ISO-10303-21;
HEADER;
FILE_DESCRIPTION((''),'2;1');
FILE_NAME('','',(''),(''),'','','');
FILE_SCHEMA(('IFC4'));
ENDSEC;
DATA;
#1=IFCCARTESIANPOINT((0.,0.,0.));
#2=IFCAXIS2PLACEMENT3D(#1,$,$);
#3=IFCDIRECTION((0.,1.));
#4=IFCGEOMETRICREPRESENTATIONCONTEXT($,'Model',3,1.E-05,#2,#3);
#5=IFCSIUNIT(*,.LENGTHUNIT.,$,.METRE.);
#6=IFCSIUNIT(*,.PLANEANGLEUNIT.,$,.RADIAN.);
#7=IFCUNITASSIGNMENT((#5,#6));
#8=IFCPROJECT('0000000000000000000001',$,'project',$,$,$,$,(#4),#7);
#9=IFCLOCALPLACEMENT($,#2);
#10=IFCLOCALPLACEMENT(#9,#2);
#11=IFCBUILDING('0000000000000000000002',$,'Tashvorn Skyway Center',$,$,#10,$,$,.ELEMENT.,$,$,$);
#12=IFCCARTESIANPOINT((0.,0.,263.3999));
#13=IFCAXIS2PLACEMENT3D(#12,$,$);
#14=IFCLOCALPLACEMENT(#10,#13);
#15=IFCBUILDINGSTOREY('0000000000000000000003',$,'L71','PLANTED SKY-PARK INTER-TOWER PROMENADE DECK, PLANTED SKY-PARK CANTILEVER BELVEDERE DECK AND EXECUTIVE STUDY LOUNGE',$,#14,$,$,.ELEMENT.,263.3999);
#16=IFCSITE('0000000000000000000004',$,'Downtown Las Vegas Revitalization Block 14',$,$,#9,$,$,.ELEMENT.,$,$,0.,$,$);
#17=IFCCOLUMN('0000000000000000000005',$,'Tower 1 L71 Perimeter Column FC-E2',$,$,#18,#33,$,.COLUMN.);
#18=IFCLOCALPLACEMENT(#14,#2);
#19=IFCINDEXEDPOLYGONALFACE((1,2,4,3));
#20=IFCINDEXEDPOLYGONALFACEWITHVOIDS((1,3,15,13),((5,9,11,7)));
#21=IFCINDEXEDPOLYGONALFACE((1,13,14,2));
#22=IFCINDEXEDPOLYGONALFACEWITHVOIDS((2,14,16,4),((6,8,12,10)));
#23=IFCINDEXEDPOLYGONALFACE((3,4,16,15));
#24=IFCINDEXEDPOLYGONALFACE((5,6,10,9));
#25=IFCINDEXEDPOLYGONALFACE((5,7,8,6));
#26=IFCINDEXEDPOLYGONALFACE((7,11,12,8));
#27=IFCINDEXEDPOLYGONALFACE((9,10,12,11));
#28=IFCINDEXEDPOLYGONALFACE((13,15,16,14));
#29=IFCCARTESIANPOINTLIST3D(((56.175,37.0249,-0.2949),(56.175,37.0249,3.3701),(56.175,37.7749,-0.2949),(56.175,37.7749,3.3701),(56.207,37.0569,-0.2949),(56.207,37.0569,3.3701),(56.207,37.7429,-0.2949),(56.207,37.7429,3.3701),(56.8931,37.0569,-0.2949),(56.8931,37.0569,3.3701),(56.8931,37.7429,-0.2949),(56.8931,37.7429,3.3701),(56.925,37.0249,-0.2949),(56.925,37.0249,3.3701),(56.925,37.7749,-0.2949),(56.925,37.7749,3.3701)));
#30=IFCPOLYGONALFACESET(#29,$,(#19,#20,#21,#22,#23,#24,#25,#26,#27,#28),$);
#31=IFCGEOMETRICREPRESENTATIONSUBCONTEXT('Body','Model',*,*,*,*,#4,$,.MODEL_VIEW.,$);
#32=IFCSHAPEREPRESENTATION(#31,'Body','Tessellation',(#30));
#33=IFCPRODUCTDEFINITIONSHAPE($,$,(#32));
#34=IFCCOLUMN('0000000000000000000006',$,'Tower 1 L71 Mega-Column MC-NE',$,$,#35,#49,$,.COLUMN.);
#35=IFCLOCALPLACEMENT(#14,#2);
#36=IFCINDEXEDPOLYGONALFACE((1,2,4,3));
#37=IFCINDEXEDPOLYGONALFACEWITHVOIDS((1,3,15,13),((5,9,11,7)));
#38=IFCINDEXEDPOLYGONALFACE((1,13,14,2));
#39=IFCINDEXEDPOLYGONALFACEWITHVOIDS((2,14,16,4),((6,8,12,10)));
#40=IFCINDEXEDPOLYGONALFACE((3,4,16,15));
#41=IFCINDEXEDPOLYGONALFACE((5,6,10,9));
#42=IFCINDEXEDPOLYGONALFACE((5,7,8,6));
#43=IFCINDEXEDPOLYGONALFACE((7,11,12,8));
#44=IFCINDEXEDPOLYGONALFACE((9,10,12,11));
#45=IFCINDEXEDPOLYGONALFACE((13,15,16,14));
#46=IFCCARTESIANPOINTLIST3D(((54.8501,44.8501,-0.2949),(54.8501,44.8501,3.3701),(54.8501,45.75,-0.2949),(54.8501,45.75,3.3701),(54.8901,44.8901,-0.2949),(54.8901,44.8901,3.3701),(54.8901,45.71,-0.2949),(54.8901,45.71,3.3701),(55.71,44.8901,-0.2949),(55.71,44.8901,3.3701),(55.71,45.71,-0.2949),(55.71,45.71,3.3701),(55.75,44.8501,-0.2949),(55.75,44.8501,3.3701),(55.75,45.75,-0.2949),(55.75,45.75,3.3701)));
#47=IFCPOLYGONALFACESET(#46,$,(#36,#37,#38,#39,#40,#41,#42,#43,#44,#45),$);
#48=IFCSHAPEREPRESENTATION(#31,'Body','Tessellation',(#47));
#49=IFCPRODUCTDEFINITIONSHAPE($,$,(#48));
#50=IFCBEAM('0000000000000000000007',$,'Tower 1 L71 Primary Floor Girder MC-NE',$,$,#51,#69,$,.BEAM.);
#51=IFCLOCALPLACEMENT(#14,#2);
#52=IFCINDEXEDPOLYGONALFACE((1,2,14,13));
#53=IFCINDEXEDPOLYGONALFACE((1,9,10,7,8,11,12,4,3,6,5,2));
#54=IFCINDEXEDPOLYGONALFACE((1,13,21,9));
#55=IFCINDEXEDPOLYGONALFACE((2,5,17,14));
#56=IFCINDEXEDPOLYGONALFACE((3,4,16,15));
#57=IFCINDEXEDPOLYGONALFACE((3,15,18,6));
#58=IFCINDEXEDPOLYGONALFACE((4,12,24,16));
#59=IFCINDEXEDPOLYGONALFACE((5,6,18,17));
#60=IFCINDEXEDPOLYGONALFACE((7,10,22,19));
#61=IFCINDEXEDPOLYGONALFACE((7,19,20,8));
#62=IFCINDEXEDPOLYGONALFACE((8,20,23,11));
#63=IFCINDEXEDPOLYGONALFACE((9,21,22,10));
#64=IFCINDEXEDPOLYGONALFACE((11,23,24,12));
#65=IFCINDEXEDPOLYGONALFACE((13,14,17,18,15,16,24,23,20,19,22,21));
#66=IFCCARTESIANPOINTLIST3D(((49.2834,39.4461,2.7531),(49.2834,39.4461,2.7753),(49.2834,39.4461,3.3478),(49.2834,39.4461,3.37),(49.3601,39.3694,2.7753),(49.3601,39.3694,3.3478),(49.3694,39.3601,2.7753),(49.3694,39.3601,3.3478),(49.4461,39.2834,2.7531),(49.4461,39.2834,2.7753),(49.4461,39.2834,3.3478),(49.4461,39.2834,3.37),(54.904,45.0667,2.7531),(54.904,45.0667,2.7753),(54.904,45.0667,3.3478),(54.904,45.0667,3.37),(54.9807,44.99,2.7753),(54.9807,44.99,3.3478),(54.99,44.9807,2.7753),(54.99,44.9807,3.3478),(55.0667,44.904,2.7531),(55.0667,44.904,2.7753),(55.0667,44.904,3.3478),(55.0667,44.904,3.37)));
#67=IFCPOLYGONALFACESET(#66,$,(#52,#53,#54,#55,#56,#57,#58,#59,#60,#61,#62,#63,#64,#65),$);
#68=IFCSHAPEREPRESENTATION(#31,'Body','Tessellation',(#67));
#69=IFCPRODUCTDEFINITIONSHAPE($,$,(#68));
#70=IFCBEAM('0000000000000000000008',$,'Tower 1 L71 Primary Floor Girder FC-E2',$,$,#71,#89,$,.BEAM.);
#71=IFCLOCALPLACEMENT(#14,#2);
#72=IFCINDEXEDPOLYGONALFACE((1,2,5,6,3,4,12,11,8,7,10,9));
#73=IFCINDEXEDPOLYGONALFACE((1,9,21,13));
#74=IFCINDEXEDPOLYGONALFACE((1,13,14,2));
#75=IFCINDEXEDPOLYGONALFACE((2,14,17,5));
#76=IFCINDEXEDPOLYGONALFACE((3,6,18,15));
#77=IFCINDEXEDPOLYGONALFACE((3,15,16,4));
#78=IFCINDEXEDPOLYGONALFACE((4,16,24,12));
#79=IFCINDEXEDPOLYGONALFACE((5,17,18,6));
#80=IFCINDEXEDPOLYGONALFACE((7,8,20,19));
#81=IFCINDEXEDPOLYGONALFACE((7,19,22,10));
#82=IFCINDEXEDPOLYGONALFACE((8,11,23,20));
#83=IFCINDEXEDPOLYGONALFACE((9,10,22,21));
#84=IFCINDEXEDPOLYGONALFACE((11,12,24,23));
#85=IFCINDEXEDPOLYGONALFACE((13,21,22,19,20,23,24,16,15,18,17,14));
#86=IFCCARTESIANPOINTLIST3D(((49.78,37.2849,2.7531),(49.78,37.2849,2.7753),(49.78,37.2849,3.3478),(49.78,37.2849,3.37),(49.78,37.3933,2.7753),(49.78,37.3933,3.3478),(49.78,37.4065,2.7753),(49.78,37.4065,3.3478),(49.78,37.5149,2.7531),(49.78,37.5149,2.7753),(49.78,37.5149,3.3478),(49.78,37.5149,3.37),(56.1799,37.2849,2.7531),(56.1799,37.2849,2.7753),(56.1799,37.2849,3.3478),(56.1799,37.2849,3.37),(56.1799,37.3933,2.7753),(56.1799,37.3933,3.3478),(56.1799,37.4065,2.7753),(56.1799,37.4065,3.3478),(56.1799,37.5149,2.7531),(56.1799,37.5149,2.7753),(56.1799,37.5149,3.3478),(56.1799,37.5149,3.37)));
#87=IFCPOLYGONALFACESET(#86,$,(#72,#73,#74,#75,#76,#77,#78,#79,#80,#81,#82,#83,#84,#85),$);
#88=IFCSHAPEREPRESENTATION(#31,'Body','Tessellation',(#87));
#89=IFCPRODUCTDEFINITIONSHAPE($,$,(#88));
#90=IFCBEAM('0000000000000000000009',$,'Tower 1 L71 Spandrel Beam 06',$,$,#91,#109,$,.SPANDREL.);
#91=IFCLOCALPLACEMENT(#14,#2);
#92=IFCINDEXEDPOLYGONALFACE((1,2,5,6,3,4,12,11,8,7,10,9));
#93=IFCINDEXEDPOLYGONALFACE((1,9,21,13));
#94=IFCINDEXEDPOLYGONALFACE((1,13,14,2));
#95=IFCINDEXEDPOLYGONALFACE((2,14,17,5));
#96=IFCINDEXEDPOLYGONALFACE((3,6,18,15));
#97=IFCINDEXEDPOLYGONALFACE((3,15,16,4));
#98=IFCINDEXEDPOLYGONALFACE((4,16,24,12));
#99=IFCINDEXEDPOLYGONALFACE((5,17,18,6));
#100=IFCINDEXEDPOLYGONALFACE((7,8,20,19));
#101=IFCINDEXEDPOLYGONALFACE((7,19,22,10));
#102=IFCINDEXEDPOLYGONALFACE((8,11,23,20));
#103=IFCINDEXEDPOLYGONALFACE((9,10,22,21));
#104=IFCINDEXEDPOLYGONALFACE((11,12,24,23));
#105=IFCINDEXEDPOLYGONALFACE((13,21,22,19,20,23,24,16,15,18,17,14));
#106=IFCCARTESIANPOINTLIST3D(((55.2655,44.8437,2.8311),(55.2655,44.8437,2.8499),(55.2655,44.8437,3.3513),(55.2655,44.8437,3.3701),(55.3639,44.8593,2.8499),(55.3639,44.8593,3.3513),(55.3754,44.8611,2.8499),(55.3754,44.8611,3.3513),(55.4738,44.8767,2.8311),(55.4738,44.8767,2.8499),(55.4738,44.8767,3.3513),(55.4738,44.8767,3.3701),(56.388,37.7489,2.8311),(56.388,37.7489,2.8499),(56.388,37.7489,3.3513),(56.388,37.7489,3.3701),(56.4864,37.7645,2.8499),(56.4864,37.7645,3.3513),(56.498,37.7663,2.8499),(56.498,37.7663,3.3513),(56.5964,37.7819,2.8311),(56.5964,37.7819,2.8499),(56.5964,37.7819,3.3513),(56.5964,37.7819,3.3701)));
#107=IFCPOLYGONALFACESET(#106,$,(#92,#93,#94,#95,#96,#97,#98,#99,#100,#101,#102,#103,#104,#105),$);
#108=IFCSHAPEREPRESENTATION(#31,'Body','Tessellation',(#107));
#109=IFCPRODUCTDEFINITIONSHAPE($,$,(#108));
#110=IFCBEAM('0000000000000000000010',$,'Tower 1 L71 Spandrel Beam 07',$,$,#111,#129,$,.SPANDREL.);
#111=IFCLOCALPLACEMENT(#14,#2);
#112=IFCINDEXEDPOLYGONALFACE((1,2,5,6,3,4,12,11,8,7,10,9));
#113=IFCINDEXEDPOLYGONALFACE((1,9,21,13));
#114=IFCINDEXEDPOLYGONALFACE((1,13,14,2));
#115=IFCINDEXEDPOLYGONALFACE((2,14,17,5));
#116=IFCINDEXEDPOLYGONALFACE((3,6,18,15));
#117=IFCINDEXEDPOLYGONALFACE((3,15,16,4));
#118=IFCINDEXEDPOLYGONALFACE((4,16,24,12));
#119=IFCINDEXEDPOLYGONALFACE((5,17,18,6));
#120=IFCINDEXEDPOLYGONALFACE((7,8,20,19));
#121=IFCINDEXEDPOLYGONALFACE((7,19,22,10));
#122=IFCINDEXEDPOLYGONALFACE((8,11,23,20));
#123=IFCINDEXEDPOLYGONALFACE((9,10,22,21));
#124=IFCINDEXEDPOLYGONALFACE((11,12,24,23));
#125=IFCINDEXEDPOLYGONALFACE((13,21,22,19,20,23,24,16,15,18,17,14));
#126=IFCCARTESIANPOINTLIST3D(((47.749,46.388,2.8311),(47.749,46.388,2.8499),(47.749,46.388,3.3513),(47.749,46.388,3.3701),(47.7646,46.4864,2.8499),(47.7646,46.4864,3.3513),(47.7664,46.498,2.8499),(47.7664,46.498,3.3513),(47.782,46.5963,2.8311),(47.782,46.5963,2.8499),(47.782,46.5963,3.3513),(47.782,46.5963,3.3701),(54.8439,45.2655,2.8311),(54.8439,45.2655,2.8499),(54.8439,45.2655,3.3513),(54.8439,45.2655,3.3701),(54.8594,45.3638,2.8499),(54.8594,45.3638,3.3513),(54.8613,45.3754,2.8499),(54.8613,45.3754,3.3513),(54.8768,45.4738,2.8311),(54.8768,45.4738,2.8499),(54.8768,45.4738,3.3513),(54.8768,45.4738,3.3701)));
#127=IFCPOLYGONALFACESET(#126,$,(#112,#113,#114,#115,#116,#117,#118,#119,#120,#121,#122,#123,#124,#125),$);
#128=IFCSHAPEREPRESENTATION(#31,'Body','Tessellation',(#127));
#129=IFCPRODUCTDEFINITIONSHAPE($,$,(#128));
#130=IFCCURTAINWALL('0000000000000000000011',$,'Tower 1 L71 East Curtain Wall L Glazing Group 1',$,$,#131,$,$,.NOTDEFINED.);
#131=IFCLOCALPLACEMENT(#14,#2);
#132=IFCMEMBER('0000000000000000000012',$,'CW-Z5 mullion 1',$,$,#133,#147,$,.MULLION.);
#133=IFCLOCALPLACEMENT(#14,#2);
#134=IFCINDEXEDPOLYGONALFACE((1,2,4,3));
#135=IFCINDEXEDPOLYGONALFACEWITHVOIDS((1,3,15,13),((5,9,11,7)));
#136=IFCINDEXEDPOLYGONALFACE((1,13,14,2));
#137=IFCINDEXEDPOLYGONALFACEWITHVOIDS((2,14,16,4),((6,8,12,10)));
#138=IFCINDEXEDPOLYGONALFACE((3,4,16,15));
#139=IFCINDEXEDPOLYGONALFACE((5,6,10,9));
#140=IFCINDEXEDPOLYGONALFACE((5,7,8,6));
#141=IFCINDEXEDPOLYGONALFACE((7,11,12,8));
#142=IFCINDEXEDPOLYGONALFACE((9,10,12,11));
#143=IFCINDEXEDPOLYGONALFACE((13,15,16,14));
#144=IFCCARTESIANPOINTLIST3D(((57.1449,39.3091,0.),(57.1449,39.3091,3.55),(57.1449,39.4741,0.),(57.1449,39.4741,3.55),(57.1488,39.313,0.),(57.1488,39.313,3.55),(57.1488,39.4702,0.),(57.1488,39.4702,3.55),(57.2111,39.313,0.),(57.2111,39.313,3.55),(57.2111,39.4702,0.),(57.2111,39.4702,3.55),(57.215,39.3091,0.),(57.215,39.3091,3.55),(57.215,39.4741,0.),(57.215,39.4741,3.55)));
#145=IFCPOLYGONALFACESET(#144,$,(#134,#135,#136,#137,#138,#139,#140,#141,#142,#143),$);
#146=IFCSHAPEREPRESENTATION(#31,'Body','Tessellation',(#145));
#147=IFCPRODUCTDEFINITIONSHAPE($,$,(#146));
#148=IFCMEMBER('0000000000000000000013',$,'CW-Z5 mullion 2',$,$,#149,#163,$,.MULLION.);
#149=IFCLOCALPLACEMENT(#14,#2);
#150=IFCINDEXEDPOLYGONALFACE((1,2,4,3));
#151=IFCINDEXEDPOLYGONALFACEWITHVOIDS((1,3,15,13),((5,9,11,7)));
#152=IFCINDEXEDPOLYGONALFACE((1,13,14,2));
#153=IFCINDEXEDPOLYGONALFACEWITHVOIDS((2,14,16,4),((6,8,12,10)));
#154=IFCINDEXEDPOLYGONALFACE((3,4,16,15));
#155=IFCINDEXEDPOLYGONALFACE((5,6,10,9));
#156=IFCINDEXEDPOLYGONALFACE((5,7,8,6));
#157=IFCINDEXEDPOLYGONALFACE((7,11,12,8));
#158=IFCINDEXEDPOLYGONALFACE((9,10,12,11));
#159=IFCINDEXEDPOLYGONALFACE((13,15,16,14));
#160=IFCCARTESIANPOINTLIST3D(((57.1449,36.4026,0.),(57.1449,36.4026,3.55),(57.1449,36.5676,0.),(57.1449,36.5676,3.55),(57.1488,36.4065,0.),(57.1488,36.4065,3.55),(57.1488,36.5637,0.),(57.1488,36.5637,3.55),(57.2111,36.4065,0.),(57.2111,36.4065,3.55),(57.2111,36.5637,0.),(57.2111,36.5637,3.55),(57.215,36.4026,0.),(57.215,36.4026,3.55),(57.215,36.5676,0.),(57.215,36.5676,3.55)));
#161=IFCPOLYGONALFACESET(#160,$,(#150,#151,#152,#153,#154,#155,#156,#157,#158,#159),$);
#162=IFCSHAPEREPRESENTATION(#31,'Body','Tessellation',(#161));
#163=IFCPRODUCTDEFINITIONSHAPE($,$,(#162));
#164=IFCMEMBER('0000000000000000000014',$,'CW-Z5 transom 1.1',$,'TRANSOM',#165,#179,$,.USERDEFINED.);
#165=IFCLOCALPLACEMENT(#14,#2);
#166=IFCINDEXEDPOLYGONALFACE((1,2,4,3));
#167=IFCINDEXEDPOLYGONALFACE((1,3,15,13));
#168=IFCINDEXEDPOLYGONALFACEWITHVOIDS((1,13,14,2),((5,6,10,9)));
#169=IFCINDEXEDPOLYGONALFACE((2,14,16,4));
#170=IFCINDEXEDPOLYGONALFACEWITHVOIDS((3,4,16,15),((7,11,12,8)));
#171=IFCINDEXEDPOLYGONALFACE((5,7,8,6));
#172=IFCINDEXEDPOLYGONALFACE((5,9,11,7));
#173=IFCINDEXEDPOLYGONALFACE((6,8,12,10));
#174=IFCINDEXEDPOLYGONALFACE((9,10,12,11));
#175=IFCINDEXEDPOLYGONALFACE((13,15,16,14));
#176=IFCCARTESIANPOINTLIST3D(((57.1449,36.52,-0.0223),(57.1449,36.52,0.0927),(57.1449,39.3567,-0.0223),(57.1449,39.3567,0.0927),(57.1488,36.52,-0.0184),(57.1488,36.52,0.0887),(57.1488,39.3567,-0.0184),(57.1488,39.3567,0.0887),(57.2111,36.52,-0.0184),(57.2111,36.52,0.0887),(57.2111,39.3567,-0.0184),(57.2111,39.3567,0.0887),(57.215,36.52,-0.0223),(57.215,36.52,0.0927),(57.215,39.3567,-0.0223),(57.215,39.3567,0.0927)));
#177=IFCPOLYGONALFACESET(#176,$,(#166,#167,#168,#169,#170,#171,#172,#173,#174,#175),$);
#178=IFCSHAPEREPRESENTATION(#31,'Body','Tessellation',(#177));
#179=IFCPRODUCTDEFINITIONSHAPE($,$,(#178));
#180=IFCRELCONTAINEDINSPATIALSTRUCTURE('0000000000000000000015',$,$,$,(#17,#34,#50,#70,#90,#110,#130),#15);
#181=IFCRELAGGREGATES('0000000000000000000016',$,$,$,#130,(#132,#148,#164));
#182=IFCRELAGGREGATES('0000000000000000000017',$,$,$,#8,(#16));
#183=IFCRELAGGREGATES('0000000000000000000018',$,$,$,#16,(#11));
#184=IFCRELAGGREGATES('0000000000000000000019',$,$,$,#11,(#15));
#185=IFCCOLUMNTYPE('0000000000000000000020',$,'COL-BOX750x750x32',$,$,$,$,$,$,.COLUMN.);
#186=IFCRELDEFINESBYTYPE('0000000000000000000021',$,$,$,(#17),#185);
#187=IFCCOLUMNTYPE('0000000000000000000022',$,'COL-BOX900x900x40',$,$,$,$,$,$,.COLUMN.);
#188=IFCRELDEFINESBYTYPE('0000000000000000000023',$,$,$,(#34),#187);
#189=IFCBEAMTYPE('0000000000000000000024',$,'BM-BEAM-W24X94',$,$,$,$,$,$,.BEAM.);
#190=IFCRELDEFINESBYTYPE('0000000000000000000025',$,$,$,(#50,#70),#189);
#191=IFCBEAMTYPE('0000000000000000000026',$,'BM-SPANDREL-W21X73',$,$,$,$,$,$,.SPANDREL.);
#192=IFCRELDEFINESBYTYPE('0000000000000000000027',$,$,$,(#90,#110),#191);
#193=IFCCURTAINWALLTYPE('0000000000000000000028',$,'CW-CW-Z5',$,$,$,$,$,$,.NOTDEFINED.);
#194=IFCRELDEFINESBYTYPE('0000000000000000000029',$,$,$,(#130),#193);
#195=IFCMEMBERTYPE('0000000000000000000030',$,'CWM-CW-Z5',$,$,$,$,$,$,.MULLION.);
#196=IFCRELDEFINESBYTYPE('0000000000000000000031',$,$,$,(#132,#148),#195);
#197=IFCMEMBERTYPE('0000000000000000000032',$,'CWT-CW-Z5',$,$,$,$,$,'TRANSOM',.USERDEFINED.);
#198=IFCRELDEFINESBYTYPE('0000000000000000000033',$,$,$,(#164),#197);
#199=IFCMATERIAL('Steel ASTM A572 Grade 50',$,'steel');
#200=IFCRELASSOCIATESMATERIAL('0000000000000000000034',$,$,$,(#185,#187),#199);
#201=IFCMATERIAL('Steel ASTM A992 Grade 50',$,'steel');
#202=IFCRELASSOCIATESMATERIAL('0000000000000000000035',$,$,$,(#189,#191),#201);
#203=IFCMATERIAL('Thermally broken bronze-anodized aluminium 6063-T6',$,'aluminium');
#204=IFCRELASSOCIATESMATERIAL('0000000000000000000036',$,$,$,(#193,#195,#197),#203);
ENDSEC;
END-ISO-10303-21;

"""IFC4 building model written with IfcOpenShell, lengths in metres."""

from ifc_helpers import new_model, si_unit, direction, frame, origin, origin_2d, place, context, subcontext, project, spatial, hollow_rectangle, i_section, extrude, material, material_profile, profile_set, type_object, element, aggregate, save


model = new_model("IFC4")

# Units and contexts
model_context = context("Model", 3, precision=1e-05, world=origin(), true_north=direction((0.0, 1.0)))
body_context = subcontext(model_context, "Body", "Model", "MODEL_VIEW")
ifc_project = project(units=[si_unit("LENGTHUNIT", "METRE"), si_unit("PLANEANGLEUNIT", "RADIAN")], contexts=[model_context])

# Site, building, storey
site_placement = place(None, origin())
site = spatial("IfcSite", under=ifc_project, at=site_placement, Name="Downtown Las Vegas Revitalization Block 14", CompositionType="ELEMENT", RefElevation=0.0)
building_placement = place(site_placement, origin())
building = spatial("IfcBuilding", under=site, at=building_placement, Name="Tashvorn Skyway Center", CompositionType="ELEMENT")
storey_placement = place(building_placement, frame((0.0, 0.0, 263.3999)))
storey = spatial("IfcBuildingStorey", under=building, at=storey_placement, Name="L71", Description="PLANTED SKY-PARK INTER-TOWER PROMENADE DECK, PLANTED SKY-PARK CANTILEVER BELVEDERE DECK AND EXECUTIVE STUDY LOUNGE", CompositionType="ELEMENT", Elevation=263.3999)

# Columns
ifc_material_1 = material(Name="Steel ASTM A572 Grade 50", Category="steel")
ifc_material_profile_1 = material_profile(ifc_material_1, hollow_rectangle(XDim=0.75, YDim=0.75, WallThickness=0.032, at=origin_2d()), Name="BOX750x750x32")
ifc_profile_set_1 = profile_set([ifc_material_profile_1], Name="Steel ASTM A572 Grade 50")
column_type_1 = type_object("IfcColumnType", Name="COL-BOX750x750x32", PredefinedType="COLUMN", material=ifc_profile_set_1)
column_1_placement = place(storey_placement, frame((56.55, 37.3999, -0.2949), z_axis=(0.0, 0.0, 1.0), x_axis=(1.0, 0.0, 0.0)))
element("IfcColumn", 1, at=column_1_placement, inside=storey, type_object=column_type_1, Name="Tower 1 L71 Perimeter Column FC-E2", PredefinedType="COLUMN", context=body_context, shape_type="SweptSolid", body=[
    extrude(hollow_rectangle(XDim=0.75, YDim=0.75, WallThickness=0.032, at=origin_2d()), origin(), (0.0, 0.0, 1.0), 3.665),
])
ifc_material_profile_2 = material_profile(ifc_material_1, hollow_rectangle(XDim=0.8999, YDim=0.8999, WallThickness=0.04, at=origin_2d()), Name="BOX900x900x40")
ifc_profile_set_2 = profile_set([ifc_material_profile_2], Name="Steel ASTM A572 Grade 50")
column_type_2 = type_object("IfcColumnType", Name="COL-BOX900x900x40", PredefinedType="COLUMN", material=ifc_profile_set_2)
column_2_placement = place(storey_placement, frame((55.3, 45.3, -0.2949), z_axis=(0.0, 0.0, 1.0), x_axis=(1.0, 0.0, 0.0)))
element("IfcColumn", 2, at=column_2_placement, inside=storey, type_object=column_type_2, Name="Tower 1 L71 Mega-Column MC-NE", PredefinedType="COLUMN", context=body_context, shape_type="SweptSolid", body=[
    extrude(hollow_rectangle(XDim=0.8999, YDim=0.8999, WallThickness=0.04, at=origin_2d()), origin(), (0.0, 0.0, 1.0), 3.665),
])

# Beams
ifc_material_2 = material(Name="Steel ASTM A992 Grade 50", Category="steel")
ifc_material_profile_3 = material_profile(ifc_material_2, i_section(OverallWidth=0.23, OverallDepth=0.6169, WebThickness=0.0132, FlangeThickness=0.0222, at=origin_2d()), Name="W24X94")
ifc_profile_set_3 = profile_set([ifc_material_profile_3], Name="Steel ASTM A992 Grade 50")
beam_type_1 = type_object("IfcBeamType", Name="BM-BEAM-W24X94", PredefinedType="BEAM", material=ifc_profile_set_3)
beam_1_placement = place(storey_placement, frame((54.9854, 44.9854, 3.0615), z_axis=(-0.707107, -0.707107, 0.0), x_axis=(0.707107, -0.707107, 0.0)))
element("IfcBeam", 3, at=beam_1_placement, inside=storey, type_object=beam_type_1, Name="Tower 1 L71 Primary Floor Girder MC-NE", PredefinedType="BEAM", context=body_context, shape_type="SweptSolid", body=[
    extrude(i_section(OverallWidth=0.23, OverallDepth=0.6169, WebThickness=0.0132, FlangeThickness=0.0222, at=origin_2d()), origin(), (0.0, 0.0, 1.0), 7.9487),
])
beam_2_placement = place(storey_placement, frame((56.1799, 37.3999, 3.0615), z_axis=(-1.0, 0.0, 0.0), x_axis=(0.0, -1.0, 0.0)))
element("IfcBeam", 4, at=beam_2_placement, inside=storey, type_object=beam_type_1, Name="Tower 1 L71 Primary Floor Girder FC-E2", PredefinedType="BEAM", context=body_context, shape_type="SweptSolid", body=[
    extrude(i_section(OverallWidth=0.23, OverallDepth=0.6169, WebThickness=0.0132, FlangeThickness=0.0222, at=origin_2d()), origin(), (0.0, 0.0, 1.0), 6.3999),
])
ifc_material_profile_4 = material_profile(ifc_material_2, i_section(OverallWidth=0.2109, OverallDepth=0.5391, WebThickness=0.0117, FlangeThickness=0.0188, at=origin_2d()), Name="W21X73")
ifc_profile_set_4 = profile_set([ifc_material_profile_4], Name="Steel ASTM A992 Grade 50")
beam_type_2 = type_object("IfcBeamType", Name="BM-SPANDREL-W21X73", PredefinedType="SPANDREL", material=ifc_profile_set_4)
for number, where, z_axis, x_axis, name in (
    (5, (56.4922, 37.7654, 3.1006), (-0.156275, 0.987714, 0.0), (-0.987714, -0.156275, 0.0), "Tower 1 L71 Spandrel Beam 06"),
    (6, (54.8604, 45.3696, 3.1006), (-0.987714, 0.156275, 0.0), (-0.156275, -0.987714, 0.0), "Tower 1 L71 Spandrel Beam 07"),
):
    element("IfcBeam", number, at=place(storey_placement, frame(where, z_axis=z_axis, x_axis=x_axis)), inside=storey, type_object=beam_type_2, Name=name, PredefinedType="SPANDREL", context=body_context, shape_type="SweptSolid", body=[
        extrude(i_section(OverallWidth=0.2109, OverallDepth=0.5391, WebThickness=0.0117, FlangeThickness=0.0188, at=origin_2d()), origin(), (0.0, 0.0, 1.0), 7.1831),
    ])

# Curtain wall, members
ifc_material_3 = material(Name="Thermally broken bronze-anodized aluminium 6063-T6", Category="aluminium")
curtain_wall_type = type_object("IfcCurtainWallType", Name="CW-CW-Z5", PredefinedType="NOTDEFINED", material=ifc_material_3)
curtain_wall_placement = place(storey_placement, origin())
curtain_wall = element("IfcCurtainWall", 7, at=curtain_wall_placement, inside=storey, type_object=curtain_wall_type, Name="Tower 1 L71 East Curtain Wall L Glazing Group 1", PredefinedType="NOTDEFINED")
ifc_material_profile_5 = material_profile(ifc_material_3, hollow_rectangle(XDim=0.0701, YDim=0.165, WallThickness=0.0039, at=origin_2d()), Name="ALU-MULL-70x165")
ifc_profile_set_5 = profile_set([ifc_material_profile_5], Name="Thermally broken bronze-anodized aluminium 6063-T6")
member_type_1 = type_object("IfcMemberType", Name="CWM-CW-Z5", PredefinedType="MULLION", material=ifc_profile_set_5)
member_1_placement = place(storey_placement, frame((57.1799, 39.3916, 0.0), z_axis=(0.0, 0.0, 1.0), x_axis=(1.0, 0.0, 0.0)))
member_1 = element("IfcMember", 8, at=member_1_placement, type_object=member_type_1, Name="CW-Z5 mullion 1", PredefinedType="MULLION", context=body_context, shape_type="SweptSolid", body=[
    extrude(hollow_rectangle(XDim=0.0701, YDim=0.165, WallThickness=0.0039, at=origin_2d()), origin(), (0.0, 0.0, 1.0), 3.55),
])
member_2_placement = place(storey_placement, frame((57.1799, 36.4851, 0.0), z_axis=(0.0, 0.0, 1.0), x_axis=(1.0, 0.0, 0.0)))
member_2 = element("IfcMember", 9, at=member_2_placement, type_object=member_type_1, Name="CW-Z5 mullion 2", PredefinedType="MULLION", context=body_context, shape_type="SweptSolid", body=[
    extrude(hollow_rectangle(XDim=0.0701, YDim=0.165, WallThickness=0.0039, at=origin_2d()), origin(), (0.0, 0.0, 1.0), 3.55),
])
ifc_material_profile_6 = material_profile(ifc_material_3, hollow_rectangle(XDim=0.0701, YDim=0.115, WallThickness=0.0039, at=origin_2d()), Name="ALU-TRAN-70x115")
ifc_profile_set_6 = profile_set([ifc_material_profile_6], Name="Thermally broken bronze-anodized aluminium 6063-T6")
member_type_2 = type_object("IfcMemberType", Name="CWT-CW-Z5", ElementType="TRANSOM", PredefinedType="USERDEFINED", material=ifc_profile_set_6)
member_3_placement = place(storey_placement, frame((57.1799, 39.3567, 0.0352), z_axis=(0.0, -1.0, 0.0), x_axis=(1.0, 0.0, 0.0)))
member_3 = element("IfcMember", 10, at=member_3_placement, type_object=member_type_2, Name="CW-Z5 transom 1.1", ObjectType="TRANSOM", PredefinedType="USERDEFINED", context=body_context, shape_type="SweptSolid", body=[
    extrude(hollow_rectangle(XDim=0.0701, YDim=0.115, WallThickness=0.0039, at=origin_2d()), origin(), (0.0, 0.0, 1.0), 2.8367),
])

aggregate(curtain_wall, [member_1, member_2, member_3])

save(model, "model.ifc")
